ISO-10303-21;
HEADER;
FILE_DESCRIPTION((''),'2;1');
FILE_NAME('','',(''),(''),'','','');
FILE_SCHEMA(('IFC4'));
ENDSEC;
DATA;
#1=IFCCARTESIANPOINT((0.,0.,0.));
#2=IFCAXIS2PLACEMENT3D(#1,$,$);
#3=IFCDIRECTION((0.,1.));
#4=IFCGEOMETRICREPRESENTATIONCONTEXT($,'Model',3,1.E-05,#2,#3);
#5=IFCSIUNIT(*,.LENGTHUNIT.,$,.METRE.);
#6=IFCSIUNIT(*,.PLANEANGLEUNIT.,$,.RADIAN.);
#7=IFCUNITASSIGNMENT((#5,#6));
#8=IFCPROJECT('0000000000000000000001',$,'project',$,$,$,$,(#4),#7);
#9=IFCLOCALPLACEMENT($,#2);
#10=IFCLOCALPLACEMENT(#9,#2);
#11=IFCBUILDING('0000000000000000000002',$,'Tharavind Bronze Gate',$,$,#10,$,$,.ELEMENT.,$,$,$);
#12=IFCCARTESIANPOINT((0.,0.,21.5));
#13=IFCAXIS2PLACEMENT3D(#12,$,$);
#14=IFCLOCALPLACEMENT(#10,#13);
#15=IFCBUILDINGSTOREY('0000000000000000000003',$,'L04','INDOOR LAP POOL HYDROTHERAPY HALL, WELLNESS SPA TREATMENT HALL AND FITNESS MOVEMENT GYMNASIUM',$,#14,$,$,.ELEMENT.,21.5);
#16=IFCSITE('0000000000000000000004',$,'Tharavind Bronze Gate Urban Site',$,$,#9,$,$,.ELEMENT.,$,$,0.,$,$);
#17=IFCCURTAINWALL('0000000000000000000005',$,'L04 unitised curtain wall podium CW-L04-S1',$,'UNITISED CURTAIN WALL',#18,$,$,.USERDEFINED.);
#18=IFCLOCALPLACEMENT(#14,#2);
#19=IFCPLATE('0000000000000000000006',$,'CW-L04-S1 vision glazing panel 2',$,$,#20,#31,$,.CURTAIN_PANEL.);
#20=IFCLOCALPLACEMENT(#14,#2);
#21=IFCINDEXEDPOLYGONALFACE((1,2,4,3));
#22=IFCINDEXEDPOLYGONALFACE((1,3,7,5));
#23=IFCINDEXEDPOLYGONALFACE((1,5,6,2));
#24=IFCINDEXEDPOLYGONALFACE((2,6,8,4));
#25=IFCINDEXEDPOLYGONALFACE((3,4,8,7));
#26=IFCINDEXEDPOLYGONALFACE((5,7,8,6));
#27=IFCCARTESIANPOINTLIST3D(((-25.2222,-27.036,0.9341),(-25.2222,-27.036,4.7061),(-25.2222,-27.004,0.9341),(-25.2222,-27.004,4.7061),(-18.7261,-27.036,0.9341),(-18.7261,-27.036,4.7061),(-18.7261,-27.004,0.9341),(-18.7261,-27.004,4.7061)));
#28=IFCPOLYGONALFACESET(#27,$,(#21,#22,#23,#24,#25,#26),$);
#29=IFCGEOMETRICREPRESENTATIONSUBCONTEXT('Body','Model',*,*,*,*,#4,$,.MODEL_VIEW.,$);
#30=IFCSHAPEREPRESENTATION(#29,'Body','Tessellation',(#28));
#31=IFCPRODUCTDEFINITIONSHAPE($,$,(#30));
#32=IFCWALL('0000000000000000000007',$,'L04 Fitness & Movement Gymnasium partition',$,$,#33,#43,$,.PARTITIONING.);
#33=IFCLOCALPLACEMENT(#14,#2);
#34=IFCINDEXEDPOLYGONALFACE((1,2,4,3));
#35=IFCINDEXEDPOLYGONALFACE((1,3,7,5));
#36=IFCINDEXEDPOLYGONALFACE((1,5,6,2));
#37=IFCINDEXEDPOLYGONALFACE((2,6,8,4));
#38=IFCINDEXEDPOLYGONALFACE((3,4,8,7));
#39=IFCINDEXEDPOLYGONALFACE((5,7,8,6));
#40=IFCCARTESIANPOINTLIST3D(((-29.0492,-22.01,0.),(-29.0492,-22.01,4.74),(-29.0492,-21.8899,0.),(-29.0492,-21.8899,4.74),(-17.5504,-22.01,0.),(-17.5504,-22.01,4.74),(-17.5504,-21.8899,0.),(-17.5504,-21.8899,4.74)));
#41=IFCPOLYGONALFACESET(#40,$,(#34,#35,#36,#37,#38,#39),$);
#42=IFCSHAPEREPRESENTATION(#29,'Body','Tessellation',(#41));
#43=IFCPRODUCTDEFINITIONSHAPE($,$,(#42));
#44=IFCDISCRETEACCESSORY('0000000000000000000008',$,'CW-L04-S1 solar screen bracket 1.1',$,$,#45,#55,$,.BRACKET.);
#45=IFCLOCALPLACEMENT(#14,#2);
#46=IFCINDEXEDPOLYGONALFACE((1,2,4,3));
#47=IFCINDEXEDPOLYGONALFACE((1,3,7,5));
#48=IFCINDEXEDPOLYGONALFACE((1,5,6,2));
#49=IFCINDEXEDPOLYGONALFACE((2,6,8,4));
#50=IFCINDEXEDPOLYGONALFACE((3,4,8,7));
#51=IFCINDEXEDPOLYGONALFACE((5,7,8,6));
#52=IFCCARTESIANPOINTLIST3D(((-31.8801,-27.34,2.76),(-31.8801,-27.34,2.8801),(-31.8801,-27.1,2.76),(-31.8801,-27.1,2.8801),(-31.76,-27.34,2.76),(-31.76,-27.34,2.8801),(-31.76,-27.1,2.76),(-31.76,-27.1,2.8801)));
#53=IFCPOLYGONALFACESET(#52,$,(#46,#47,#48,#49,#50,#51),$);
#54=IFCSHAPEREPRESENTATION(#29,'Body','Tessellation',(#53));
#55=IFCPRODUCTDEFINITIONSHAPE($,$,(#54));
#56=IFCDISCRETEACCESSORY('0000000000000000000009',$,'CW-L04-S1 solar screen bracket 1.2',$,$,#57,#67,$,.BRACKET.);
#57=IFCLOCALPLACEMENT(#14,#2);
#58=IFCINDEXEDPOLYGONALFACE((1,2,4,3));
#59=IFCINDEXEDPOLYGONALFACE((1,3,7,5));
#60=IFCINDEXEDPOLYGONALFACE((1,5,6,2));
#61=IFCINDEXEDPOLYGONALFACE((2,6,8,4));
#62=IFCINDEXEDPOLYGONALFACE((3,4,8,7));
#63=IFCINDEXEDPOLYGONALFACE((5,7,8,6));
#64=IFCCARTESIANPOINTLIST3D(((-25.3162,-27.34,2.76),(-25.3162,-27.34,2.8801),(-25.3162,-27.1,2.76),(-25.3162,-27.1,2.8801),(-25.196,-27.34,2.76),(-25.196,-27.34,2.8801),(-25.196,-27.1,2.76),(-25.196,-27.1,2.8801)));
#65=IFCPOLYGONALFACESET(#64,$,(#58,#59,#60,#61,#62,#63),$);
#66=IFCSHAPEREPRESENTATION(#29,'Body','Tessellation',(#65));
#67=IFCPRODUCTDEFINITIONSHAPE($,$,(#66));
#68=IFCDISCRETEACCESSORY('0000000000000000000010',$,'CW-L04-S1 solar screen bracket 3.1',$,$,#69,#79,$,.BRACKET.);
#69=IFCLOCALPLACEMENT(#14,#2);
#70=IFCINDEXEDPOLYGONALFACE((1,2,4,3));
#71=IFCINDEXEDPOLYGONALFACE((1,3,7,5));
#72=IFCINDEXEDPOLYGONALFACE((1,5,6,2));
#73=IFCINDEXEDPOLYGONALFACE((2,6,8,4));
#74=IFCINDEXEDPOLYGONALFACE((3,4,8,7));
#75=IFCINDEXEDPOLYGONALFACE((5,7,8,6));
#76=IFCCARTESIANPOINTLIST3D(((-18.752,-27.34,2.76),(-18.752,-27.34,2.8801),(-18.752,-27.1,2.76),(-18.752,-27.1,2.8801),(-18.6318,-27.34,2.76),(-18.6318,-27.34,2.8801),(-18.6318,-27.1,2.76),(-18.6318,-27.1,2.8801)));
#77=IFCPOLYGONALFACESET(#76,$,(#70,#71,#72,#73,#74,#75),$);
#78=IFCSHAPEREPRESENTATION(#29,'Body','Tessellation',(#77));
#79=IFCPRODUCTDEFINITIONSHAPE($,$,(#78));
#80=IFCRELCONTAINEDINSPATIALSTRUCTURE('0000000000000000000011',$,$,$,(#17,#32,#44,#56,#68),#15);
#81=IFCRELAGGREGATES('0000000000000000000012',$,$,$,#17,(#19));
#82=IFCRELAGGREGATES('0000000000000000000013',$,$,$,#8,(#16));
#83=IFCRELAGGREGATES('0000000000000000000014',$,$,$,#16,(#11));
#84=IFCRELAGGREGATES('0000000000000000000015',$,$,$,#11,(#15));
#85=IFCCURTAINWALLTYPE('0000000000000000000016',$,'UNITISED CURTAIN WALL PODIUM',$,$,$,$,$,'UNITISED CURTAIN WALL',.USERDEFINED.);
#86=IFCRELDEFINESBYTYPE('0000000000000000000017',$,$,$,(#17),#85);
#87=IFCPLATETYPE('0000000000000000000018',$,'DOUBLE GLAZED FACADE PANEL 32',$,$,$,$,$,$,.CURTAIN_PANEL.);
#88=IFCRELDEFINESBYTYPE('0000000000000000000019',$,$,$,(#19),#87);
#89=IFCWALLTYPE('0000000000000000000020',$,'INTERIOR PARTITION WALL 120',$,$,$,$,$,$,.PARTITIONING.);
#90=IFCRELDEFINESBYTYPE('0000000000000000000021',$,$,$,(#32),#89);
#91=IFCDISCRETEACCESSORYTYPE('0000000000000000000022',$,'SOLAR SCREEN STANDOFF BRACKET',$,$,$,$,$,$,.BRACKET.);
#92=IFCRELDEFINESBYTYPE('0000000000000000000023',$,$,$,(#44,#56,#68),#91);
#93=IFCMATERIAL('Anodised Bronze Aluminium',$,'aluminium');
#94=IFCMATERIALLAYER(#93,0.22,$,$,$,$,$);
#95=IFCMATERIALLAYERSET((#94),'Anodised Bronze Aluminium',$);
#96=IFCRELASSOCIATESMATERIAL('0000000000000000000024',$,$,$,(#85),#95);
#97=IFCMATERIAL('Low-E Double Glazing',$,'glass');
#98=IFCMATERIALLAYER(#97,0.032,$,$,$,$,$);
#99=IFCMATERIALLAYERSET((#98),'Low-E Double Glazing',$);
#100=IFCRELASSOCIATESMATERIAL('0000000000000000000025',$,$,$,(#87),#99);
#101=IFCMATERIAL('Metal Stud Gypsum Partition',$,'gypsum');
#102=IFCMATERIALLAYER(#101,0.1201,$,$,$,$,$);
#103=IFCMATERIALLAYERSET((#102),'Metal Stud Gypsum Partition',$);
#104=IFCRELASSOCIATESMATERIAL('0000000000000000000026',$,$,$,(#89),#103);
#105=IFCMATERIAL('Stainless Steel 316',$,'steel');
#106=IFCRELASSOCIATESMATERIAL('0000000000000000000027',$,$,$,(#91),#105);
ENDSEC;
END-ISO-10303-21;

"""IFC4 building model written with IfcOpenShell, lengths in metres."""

from ifc_helpers import new_model, si_unit, direction, frame, frame_2d, origin, origin_2d, place, context, subcontext, project, spatial, rectangle, extrude, material, layer, layer_set, type_object, element, aggregate, save


model = new_model("IFC4")

# Units and contexts
model_context = context("Model", 3, precision=1e-05, world=origin(), true_north=direction((0.0, 1.0)))
body_context = subcontext(model_context, "Body", "Model", "MODEL_VIEW")
ifc_project = project(units=[si_unit("LENGTHUNIT", "METRE"), si_unit("PLANEANGLEUNIT", "RADIAN")], contexts=[model_context])

# Site, building, storey
site_placement = place(None, origin())
site = spatial("IfcSite", under=ifc_project, at=site_placement, Name="Tharavind Bronze Gate Urban Site", CompositionType="ELEMENT", RefElevation=0.0)
building_placement = place(site_placement, origin())
building = spatial("IfcBuilding", under=site, at=building_placement, Name="Tharavind Bronze Gate", CompositionType="ELEMENT")
storey_placement = place(building_placement, frame((0.0, 0.0, 21.5)))
storey = spatial("IfcBuildingStorey", under=building, at=storey_placement, Name="L04", Description="INDOOR LAP POOL HYDROTHERAPY HALL, WELLNESS SPA TREATMENT HALL AND FITNESS MOVEMENT GYMNASIUM", CompositionType="ELEMENT", Elevation=21.5)

# Curtain wall
ifc_material_1 = material(Name="Anodised Bronze Aluminium", Category="aluminium")
ifc_layer_1 = layer(ifc_material_1, 0.22)
ifc_layer_set_1 = layer_set([ifc_layer_1], Name="Anodised Bronze Aluminium")
curtain_wall_type = type_object("IfcCurtainWallType", Name="UNITISED CURTAIN WALL PODIUM", ElementType="UNITISED CURTAIN WALL", PredefinedType="USERDEFINED", material=ifc_layer_set_1)
curtain_wall_placement = place(storey_placement, origin())
curtain_wall = element("IfcCurtainWall", 1, at=curtain_wall_placement, inside=storey, type_object=curtain_wall_type, Name="L04 unitised curtain wall podium CW-L04-S1", ObjectType="UNITISED CURTAIN WALL", PredefinedType="USERDEFINED")

# Plate
ifc_material_2 = material(Name="Low-E Double Glazing", Category="glass")
ifc_layer_2 = layer(ifc_material_2, 0.032)
ifc_layer_set_2 = layer_set([ifc_layer_2], Name="Low-E Double Glazing")
plate_type_1 = type_object("IfcPlateType", Name="DOUBLE GLAZED FACADE PANEL 32", PredefinedType="CURTAIN_PANEL", material=ifc_layer_set_2)
plate_1_placement = place(storey_placement, frame((-21.9741, -27.02, 0.9341), z_axis=(0.0, 0.0, 1.0), x_axis=(1.0, 0.0, 0.0)))
plate_1 = element("IfcPlate", 2, at=plate_1_placement, type_object=plate_type_1, Name="CW-L04-S1 vision glazing panel 2", PredefinedType="CURTAIN_PANEL", context=body_context, shape_type="SweptSolid", body=[
    extrude(rectangle(XDim=6.4961, YDim=0.032, at=origin_2d()), origin(), (0.0, 0.0, 1.0), 3.772),
])
aggregate(curtain_wall, [plate_1])

# Wall
ifc_material_3 = material(Name="Metal Stud Gypsum Partition", Category="gypsum")
ifc_layer_3 = layer(ifc_material_3, 0.1201)
ifc_layer_set_3 = layer_set([ifc_layer_3], Name="Metal Stud Gypsum Partition")
wall_type = type_object("IfcWallType", Name="INTERIOR PARTITION WALL 120", PredefinedType="PARTITIONING", material=ifc_layer_set_3)
wall_placement = place(storey_placement, frame((-29.0493, -21.95, 0.0), z_axis=(0.0, 0.0, 1.0), x_axis=(1.0, 0.0, 0.0)))
element("IfcWall", 3, at=wall_placement, inside=storey, type_object=wall_type, Name="L04 Fitness & Movement Gymnasium partition", PredefinedType="PARTITIONING", context=body_context, shape_type="SweptSolid", body=[
    extrude(rectangle(XDim=11.4988, YDim=0.1201, at=frame_2d((5.7495, 0.0))), origin(), (0.0, 0.0, 1.0), 4.74),
])

# Discrete accessories
ifc_material_4 = material(Name="Stainless Steel 316", Category="steel")
discrete_accessory_type = type_object("IfcDiscreteAccessoryType", Name="SOLAR SCREEN STANDOFF BRACKET", PredefinedType="BRACKET", material=ifc_material_4)
for number, where, z_axis, x_axis, name in (
    (4, (-31.8201, -27.22, 2.76), (0.0, 0.0, 1.0), (1.0, 0.0, 0.0), "CW-L04-S1 solar screen bracket 1.1"),
    (5, (-25.2561, -27.22, 2.76), (0.0, 0.0, 1.0), (1.0, 0.0, 0.0), "CW-L04-S1 solar screen bracket 1.2"),
    (6, (-18.6919, -27.22, 2.76), (0.0, 0.0, 1.0), (1.0, 0.0, 0.0), "CW-L04-S1 solar screen bracket 3.1"),
):
    element("IfcDiscreteAccessory", number, at=place(storey_placement, frame(where, z_axis=z_axis, x_axis=x_axis)), inside=storey, type_object=discrete_accessory_type, Name=name, PredefinedType="BRACKET", context=body_context, shape_type="SweptSolid", body=[
        extrude(rectangle(XDim=0.1201, YDim=0.24, at=origin_2d()), origin(), (0.0, 0.0, 1.0), 0.1201),
    ])

save(model, "model.ifc")
